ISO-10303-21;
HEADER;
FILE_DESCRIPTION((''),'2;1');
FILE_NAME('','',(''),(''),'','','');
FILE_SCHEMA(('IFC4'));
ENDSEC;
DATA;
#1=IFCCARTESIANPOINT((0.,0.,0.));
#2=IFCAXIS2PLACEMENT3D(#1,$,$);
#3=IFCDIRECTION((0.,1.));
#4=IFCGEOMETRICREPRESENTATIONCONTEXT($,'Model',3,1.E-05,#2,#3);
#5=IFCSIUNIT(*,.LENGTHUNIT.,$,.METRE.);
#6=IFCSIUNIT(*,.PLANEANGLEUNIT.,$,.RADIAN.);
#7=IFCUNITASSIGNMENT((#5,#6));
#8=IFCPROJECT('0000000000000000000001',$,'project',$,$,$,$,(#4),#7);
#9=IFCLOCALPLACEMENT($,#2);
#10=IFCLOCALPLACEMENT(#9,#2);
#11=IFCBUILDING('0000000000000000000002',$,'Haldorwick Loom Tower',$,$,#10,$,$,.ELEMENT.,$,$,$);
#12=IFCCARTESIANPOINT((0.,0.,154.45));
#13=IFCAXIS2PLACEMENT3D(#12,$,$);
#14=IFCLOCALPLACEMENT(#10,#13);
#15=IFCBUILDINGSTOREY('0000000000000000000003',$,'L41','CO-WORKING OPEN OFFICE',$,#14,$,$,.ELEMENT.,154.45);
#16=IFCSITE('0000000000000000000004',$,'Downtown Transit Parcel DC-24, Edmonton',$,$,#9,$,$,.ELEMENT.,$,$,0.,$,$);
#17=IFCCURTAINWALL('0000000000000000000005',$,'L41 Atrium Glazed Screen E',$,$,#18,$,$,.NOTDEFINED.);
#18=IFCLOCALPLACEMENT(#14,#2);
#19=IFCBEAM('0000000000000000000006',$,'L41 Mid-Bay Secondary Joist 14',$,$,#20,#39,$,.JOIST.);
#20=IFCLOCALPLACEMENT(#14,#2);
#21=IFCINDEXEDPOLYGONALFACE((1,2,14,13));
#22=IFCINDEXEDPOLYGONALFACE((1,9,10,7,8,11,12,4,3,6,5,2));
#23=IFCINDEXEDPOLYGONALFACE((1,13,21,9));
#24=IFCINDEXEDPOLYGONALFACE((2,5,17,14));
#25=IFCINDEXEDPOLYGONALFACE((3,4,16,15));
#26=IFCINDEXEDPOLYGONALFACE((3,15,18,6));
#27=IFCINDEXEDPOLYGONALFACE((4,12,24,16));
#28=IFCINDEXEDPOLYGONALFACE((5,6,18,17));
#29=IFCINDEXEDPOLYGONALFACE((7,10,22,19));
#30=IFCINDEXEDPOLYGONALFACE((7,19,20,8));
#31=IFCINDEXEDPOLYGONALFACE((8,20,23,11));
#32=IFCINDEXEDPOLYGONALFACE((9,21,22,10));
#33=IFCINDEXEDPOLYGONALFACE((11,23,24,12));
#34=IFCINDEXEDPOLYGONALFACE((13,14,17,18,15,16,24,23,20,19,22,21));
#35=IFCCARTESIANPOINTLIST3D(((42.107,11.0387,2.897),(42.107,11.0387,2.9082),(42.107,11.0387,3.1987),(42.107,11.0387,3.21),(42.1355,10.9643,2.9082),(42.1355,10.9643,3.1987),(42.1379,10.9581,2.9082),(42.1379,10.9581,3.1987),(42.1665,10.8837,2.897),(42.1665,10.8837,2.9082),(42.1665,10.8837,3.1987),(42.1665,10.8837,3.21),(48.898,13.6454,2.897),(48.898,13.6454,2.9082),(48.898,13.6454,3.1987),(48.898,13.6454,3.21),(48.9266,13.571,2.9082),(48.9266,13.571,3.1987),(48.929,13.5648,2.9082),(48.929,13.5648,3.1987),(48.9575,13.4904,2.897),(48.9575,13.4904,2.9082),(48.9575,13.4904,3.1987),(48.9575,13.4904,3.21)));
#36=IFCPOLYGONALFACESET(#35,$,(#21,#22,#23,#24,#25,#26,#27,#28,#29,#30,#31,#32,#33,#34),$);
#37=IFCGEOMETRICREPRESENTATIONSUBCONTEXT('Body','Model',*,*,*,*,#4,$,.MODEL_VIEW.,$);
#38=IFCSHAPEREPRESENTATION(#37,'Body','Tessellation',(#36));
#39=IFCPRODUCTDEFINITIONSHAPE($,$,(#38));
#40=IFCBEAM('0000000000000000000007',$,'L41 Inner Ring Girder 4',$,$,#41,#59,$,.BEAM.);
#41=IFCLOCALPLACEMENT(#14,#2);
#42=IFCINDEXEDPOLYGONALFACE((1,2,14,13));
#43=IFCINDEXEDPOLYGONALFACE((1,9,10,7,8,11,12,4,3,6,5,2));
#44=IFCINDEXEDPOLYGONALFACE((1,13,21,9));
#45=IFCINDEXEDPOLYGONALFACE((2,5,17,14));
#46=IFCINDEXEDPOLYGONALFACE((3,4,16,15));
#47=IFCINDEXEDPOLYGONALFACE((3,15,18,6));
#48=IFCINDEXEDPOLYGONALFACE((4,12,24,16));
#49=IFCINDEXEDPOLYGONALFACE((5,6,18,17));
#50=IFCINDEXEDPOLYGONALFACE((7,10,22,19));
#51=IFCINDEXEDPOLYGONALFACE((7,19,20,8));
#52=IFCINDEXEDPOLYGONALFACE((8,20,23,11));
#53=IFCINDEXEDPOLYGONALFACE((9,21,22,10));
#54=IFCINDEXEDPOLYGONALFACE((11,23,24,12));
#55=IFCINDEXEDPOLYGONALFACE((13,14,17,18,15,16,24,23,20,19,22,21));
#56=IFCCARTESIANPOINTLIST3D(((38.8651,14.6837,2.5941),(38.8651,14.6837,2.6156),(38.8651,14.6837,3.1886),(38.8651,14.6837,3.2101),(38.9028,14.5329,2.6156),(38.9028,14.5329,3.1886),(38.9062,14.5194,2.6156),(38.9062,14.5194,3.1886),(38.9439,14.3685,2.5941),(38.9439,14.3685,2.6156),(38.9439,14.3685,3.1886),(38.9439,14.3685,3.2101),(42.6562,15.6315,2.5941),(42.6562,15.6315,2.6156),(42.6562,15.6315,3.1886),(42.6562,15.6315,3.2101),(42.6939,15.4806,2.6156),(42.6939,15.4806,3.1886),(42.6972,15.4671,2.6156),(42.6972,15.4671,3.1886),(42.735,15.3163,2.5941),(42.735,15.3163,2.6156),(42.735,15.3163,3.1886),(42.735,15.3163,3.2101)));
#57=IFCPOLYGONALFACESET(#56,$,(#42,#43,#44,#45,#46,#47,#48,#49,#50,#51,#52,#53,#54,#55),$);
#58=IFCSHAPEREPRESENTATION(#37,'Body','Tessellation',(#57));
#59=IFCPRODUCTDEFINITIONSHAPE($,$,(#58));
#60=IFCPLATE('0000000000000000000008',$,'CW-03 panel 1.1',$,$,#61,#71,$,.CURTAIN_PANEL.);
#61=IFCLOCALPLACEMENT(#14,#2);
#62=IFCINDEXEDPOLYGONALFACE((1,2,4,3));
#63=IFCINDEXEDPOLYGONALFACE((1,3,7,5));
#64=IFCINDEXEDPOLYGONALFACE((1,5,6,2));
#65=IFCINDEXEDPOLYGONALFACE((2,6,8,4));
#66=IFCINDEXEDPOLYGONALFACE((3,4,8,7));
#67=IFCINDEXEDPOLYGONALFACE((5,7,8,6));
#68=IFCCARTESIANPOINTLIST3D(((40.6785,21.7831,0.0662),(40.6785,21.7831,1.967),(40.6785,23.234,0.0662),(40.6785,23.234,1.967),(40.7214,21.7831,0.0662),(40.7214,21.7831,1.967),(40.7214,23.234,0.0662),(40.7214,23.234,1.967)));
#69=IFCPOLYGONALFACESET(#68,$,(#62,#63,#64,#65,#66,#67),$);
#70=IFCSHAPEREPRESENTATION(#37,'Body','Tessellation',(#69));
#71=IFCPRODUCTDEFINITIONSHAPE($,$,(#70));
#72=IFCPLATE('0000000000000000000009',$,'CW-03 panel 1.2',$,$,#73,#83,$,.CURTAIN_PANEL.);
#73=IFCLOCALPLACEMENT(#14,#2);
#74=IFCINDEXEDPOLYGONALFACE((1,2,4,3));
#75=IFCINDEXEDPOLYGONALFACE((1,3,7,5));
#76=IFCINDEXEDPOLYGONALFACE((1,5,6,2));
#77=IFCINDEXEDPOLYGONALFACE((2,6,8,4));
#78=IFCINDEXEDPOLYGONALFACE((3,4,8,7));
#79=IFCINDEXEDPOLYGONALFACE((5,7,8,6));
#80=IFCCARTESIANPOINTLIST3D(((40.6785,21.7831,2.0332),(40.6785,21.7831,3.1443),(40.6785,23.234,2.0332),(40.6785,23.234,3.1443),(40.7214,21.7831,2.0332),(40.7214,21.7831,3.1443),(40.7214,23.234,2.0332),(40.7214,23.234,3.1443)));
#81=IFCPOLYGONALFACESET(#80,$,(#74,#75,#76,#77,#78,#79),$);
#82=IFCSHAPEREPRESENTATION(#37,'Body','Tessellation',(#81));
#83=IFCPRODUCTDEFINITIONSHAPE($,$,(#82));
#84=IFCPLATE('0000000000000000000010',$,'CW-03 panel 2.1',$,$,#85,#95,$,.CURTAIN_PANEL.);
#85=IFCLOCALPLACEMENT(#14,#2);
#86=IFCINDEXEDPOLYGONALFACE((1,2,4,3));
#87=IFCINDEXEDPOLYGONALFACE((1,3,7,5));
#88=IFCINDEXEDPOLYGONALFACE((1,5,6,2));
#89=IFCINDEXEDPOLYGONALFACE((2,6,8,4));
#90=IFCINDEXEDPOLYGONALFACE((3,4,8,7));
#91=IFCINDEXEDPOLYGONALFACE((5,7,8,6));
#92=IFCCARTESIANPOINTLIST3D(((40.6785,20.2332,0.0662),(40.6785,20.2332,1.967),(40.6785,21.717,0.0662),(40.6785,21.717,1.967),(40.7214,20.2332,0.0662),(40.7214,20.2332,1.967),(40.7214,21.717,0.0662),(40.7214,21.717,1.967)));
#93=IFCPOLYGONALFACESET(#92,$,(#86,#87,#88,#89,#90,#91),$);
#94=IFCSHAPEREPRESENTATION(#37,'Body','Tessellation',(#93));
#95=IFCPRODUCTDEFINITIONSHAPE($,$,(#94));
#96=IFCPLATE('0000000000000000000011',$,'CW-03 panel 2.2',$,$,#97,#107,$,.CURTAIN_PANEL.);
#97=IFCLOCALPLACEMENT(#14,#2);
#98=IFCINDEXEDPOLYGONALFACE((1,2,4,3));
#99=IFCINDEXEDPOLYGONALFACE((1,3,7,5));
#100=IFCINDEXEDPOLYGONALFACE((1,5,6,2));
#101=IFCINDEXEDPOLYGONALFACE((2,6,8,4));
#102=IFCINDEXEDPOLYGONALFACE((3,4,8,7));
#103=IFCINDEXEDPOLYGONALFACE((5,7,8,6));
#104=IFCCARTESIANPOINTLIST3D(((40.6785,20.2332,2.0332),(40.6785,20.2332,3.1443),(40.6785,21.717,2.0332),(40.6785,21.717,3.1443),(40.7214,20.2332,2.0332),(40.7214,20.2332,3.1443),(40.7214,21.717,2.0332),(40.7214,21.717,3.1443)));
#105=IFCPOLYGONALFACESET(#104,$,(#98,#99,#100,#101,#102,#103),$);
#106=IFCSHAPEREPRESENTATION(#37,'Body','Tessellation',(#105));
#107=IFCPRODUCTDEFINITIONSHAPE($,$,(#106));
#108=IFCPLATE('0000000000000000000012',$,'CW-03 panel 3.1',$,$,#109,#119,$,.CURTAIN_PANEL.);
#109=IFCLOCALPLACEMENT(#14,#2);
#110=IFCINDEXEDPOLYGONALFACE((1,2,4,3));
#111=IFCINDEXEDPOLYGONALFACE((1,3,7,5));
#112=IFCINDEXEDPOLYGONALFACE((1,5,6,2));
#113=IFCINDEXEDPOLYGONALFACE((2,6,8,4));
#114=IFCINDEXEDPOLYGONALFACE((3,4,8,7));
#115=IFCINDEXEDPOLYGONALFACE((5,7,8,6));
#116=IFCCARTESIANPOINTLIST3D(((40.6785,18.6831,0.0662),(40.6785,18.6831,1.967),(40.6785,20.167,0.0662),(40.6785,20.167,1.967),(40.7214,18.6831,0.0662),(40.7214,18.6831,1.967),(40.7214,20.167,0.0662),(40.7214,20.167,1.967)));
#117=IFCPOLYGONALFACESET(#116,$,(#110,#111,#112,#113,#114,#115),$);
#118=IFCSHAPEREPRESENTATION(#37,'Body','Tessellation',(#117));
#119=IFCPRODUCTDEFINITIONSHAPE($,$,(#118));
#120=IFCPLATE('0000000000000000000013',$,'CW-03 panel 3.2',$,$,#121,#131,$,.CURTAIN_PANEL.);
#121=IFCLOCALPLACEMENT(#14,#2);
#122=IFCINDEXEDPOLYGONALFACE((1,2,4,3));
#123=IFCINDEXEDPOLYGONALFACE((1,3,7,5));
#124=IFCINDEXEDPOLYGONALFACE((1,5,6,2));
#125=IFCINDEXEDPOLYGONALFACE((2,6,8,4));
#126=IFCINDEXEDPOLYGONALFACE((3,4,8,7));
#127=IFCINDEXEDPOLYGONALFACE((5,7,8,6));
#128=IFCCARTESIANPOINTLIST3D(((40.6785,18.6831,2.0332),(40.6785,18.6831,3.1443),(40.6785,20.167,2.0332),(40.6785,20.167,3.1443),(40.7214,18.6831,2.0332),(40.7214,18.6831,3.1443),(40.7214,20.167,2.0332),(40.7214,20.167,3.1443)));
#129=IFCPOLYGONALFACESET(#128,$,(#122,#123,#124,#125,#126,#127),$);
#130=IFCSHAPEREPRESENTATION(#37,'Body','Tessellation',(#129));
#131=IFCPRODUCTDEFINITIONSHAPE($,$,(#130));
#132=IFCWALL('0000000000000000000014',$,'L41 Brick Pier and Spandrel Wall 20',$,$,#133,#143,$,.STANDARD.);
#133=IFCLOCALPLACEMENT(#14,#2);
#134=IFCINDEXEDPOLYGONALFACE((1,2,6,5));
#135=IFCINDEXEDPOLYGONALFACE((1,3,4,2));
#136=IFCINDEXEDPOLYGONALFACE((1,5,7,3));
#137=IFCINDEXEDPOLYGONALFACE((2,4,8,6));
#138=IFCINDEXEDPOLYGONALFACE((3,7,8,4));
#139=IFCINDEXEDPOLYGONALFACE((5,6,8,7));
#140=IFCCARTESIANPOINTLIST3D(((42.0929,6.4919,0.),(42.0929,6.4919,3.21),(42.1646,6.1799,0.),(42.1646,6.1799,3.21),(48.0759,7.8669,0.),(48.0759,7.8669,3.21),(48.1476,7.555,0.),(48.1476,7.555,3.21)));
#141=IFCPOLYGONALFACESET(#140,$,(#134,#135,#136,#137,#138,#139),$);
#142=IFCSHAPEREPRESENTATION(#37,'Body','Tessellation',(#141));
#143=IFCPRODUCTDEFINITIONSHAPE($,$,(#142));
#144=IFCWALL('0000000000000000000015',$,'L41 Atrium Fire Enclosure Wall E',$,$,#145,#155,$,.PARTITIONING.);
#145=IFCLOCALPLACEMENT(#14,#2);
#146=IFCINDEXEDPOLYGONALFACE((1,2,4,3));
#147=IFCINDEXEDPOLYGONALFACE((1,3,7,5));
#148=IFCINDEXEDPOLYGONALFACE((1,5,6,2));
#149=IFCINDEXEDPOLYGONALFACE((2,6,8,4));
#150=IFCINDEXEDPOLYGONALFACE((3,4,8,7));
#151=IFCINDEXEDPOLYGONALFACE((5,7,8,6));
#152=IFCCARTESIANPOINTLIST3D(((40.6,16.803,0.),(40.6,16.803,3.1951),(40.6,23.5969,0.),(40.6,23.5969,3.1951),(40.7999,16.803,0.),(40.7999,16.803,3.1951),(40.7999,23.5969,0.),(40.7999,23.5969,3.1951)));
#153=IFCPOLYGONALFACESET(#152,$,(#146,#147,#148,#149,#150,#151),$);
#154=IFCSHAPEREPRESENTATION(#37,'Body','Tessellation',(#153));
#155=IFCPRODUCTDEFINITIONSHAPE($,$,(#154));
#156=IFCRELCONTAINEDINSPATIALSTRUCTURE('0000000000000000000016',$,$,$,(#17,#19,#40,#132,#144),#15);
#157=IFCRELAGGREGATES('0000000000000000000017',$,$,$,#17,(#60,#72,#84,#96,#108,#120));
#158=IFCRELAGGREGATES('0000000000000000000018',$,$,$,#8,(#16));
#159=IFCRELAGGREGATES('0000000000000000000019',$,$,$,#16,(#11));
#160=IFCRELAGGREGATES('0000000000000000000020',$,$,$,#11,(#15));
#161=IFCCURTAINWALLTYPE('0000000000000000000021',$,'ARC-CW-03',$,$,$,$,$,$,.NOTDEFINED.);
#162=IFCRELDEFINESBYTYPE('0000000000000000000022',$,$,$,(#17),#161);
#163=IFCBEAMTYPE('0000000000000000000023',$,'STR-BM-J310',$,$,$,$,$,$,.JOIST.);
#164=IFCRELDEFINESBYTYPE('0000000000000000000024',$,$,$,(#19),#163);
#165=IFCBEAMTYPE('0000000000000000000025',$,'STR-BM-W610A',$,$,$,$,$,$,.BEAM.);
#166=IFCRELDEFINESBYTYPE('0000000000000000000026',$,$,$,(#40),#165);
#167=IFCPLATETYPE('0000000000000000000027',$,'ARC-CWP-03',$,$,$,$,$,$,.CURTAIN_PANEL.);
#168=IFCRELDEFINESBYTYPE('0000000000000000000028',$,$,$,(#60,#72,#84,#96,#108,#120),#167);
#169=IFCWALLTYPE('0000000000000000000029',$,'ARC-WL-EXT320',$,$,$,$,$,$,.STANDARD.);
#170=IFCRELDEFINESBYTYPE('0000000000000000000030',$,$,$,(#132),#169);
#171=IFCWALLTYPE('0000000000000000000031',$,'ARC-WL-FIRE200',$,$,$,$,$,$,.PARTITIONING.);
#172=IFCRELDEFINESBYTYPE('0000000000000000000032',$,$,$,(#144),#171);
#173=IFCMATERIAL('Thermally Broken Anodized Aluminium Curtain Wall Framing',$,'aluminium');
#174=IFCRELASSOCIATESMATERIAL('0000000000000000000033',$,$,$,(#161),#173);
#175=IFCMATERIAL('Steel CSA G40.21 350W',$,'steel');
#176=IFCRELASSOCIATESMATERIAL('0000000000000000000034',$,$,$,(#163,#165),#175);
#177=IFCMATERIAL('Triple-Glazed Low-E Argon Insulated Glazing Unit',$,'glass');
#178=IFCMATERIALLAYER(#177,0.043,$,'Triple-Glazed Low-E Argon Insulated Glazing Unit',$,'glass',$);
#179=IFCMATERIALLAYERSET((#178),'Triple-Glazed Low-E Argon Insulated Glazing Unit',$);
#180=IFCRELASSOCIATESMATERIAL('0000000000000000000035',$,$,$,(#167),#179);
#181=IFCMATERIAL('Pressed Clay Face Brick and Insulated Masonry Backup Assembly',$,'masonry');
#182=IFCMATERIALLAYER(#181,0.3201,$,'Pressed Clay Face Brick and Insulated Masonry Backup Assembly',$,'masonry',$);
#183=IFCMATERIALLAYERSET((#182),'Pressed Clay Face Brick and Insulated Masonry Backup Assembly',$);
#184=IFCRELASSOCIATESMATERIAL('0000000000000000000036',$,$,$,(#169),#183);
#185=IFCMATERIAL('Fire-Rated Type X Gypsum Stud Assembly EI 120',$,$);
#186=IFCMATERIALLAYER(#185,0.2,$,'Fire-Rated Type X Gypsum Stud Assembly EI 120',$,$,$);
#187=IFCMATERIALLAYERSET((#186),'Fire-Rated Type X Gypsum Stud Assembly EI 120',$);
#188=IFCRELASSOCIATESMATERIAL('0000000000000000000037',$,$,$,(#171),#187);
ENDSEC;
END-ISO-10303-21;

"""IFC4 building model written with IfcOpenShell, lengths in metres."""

from ifc_helpers import new_model, si_unit, direction, frame, frame_2d, origin, origin_2d, place, context, subcontext, project, spatial, rectangle, i_section, extrude, material, layer, layer_set, material_profile, profile_set, type_object, element, aggregate, save


model = new_model("IFC4")

# Units and contexts
model_context = context("Model", 3, precision=1e-05, world=origin(), true_north=direction((0.0, 1.0)))
body_context = subcontext(model_context, "Body", "Model", "MODEL_VIEW")
ifc_project = project(units=[si_unit("LENGTHUNIT", "METRE"), si_unit("PLANEANGLEUNIT", "RADIAN")], contexts=[model_context])

# Site, building, storey
site_placement = place(None, origin())
site = spatial("IfcSite", under=ifc_project, at=site_placement, Name="Downtown Transit Parcel DC-24, Edmonton", CompositionType="ELEMENT", RefElevation=0.0)
building_placement = place(site_placement, origin())
building = spatial("IfcBuilding", under=site, at=building_placement, Name="Haldorwick Loom Tower", CompositionType="ELEMENT")
storey_placement = place(building_placement, frame((0.0, 0.0, 154.45)))
storey = spatial("IfcBuildingStorey", under=building, at=storey_placement, Name="L41", Description="CO-WORKING OPEN OFFICE", CompositionType="ELEMENT", Elevation=154.45)

# Curtain wall
ifc_material_1 = material(Name="Thermally Broken Anodized Aluminium Curtain Wall Framing", Category="aluminium")
curtain_wall_type = type_object("IfcCurtainWallType", Name="ARC-CW-03", PredefinedType="NOTDEFINED", material=ifc_material_1)
curtain_wall_placement = place(storey_placement, origin())
curtain_wall = element("IfcCurtainWall", 1, at=curtain_wall_placement, inside=storey, type_object=curtain_wall_type, Name="L41 Atrium Glazed Screen E", PredefinedType="NOTDEFINED")

# Beams
ifc_material_2 = material(Name="Steel CSA G40.21 350W", Category="steel")
ifc_material_profile_1 = material_profile(ifc_material_2, i_section(OverallWidth=0.166, OverallDepth=0.313, WebThickness=0.0066, FlangeThickness=0.0112, at=origin_2d()), Name="W310X45", Category="steel")
ifc_profile_set_1 = profile_set([ifc_material_profile_1], Name="Steel CSA G40.21 350W")
beam_type_1 = type_object("IfcBeamType", Name="STR-BM-J310", PredefinedType="JOIST", material=ifc_profile_set_1)
beam_1_placement = place(storey_placement, frame((42.1367, 10.9612, 3.0535), z_axis=(0.933587, 0.358352, 0.0), x_axis=(-0.358352, 0.933587, 0.0)))
element("IfcBeam", 2, at=beam_1_placement, inside=storey, type_object=beam_type_1, Name="L41 Mid-Bay Secondary Joist 14", PredefinedType="JOIST", context=body_context, shape_type="SweptSolid", body=[
    extrude(i_section(OverallWidth=0.166, OverallDepth=0.313, WebThickness=0.0066, FlangeThickness=0.0112, at=origin_2d()), origin(), (0.0, 0.0, 1.0), 7.2742),
])
ifc_material_profile_2 = material_profile(ifc_material_2, i_section(OverallWidth=0.325, OverallDepth=0.616, WebThickness=0.0139, FlangeThickness=0.0215, at=origin_2d()), Name="W610X174", Category="steel")
ifc_profile_set_2 = profile_set([ifc_material_profile_2], Name="Steel CSA G40.21 350W")
beam_type_2 = type_object("IfcBeamType", Name="STR-BM-W610A", PredefinedType="BEAM", material=ifc_profile_set_2)
beam_2_placement = place(storey_placement, frame((42.6956, 15.4739, 2.9021), z_axis=(-0.970143, -0.242536, 0.0), x_axis=(0.242536, -0.970143, 0.0)))
element("IfcBeam", 3, at=beam_2_placement, inside=storey, type_object=beam_type_2, Name="L41 Inner Ring Girder 4", PredefinedType="BEAM", context=body_context, shape_type="SweptSolid", body=[
    extrude(i_section(OverallWidth=0.325, OverallDepth=0.616, WebThickness=0.0139, FlangeThickness=0.0215, at=origin_2d()), origin(), (0.0, 0.0, 1.0), 3.9077),
])

# Plates
ifc_material_3 = material(Name="Triple-Glazed Low-E Argon Insulated Glazing Unit", Category="glass")
ifc_layer_1 = layer(ifc_material_3, 0.043, Name="Triple-Glazed Low-E Argon Insulated Glazing Unit", Category="glass")
ifc_layer_set_1 = layer_set([ifc_layer_1], Name="Triple-Glazed Low-E Argon Insulated Glazing Unit")
plate_type = type_object("IfcPlateType", Name="ARC-CWP-03", PredefinedType="CURTAIN_PANEL", material=ifc_layer_set_1)
plate_1_placement = place(storey_placement, frame((40.7, 22.5085, 0.0662), z_axis=(0.0, 0.0, 1.0), x_axis=(0.0, -1.0, 0.0)))
plate_1 = element("IfcPlate", 4, at=plate_1_placement, type_object=plate_type, Name="CW-03 panel 1.1", PredefinedType="CURTAIN_PANEL", context=body_context, shape_type="SweptSolid", body=[
    extrude(rectangle(XDim=1.4509, YDim=0.043, at=origin_2d()), origin(), (0.0, 0.0, 1.0), 1.9009),
])
plate_2_placement = place(storey_placement, frame((40.7, 22.5085, 2.0332), z_axis=(0.0, 0.0, 1.0), x_axis=(0.0, -1.0, 0.0)))
plate_2 = element("IfcPlate", 5, at=plate_2_placement, type_object=plate_type, Name="CW-03 panel 1.2", PredefinedType="CURTAIN_PANEL", context=body_context, shape_type="SweptSolid", body=[
    extrude(rectangle(XDim=1.4509, YDim=0.043, at=origin_2d()), origin(), (0.0, 0.0, 1.0), 1.1111),
])
plate_3_placement = place(storey_placement, frame((40.7, 20.9751, 0.0662), z_axis=(0.0, 0.0, 1.0), x_axis=(0.0, -1.0, 0.0)))
plate_3 = element("IfcPlate", 6, at=plate_3_placement, type_object=plate_type, Name="CW-03 panel 2.1", PredefinedType="CURTAIN_PANEL", context=body_context, shape_type="SweptSolid", body=[
    extrude(rectangle(XDim=1.4839, YDim=0.043, at=origin_2d()), origin(), (0.0, 0.0, 1.0), 1.9009),
])
plate_4_placement = place(storey_placement, frame((40.7, 20.9751, 2.0332), z_axis=(0.0, 0.0, 1.0), x_axis=(0.0, -1.0, 0.0)))
plate_4 = element("IfcPlate", 7, at=plate_4_placement, type_object=plate_type, Name="CW-03 panel 2.2", PredefinedType="CURTAIN_PANEL", context=body_context, shape_type="SweptSolid", body=[
    extrude(rectangle(XDim=1.4839, YDim=0.043, at=origin_2d()), origin(), (0.0, 0.0, 1.0), 1.1111),
])
plate_5_placement = place(storey_placement, frame((40.7, 19.425, 0.0662), z_axis=(0.0, 0.0, 1.0), x_axis=(0.0, -1.0, 0.0)))
plate_5 = element("IfcPlate", 8, at=plate_5_placement, type_object=plate_type, Name="CW-03 panel 3.1", PredefinedType="CURTAIN_PANEL", context=body_context, shape_type="SweptSolid", body=[
    extrude(rectangle(XDim=1.4839, YDim=0.043, at=origin_2d()), origin(), (0.0, 0.0, 1.0), 1.9009),
])
plate_6_placement = place(storey_placement, frame((40.7, 19.425, 2.0332), z_axis=(0.0, 0.0, 1.0), x_axis=(0.0, -1.0, 0.0)))
plate_6 = element("IfcPlate", 9, at=plate_6_placement, type_object=plate_type, Name="CW-03 panel 3.2", PredefinedType="CURTAIN_PANEL", context=body_context, shape_type="SweptSolid", body=[
    extrude(rectangle(XDim=1.4839, YDim=0.043, at=origin_2d()), origin(), (0.0, 0.0, 1.0), 1.1111),
])
aggregate(curtain_wall, [plate_1, plate_2, plate_3, plate_4, plate_5, plate_6])

# Walls
ifc_material_4 = material(Name="Pressed Clay Face Brick and Insulated Masonry Backup Assembly", Category="masonry")
ifc_layer_2 = layer(ifc_material_4, 0.3201, Name="Pressed Clay Face Brick and Insulated Masonry Backup Assembly", Category="masonry")
ifc_layer_set_2 = layer_set([ifc_layer_2], Name="Pressed Clay Face Brick and Insulated Masonry Backup Assembly")
wall_type_1 = type_object("IfcWallType", Name="ARC-WL-EXT320", PredefinedType="STANDARD", material=ifc_layer_set_2)
wall_1_placement = place(storey_placement, frame((42.1289, 6.3359, 0.0), z_axis=(0.0, 0.0, 1.0), x_axis=(0.974593, 0.223982, 0.0)))
element("IfcWall", 10, at=wall_1_placement, inside=storey, type_object=wall_type_1, Name="L41 Brick Pier and Spandrel Wall 20", PredefinedType="STANDARD", context=body_context, shape_type="SweptSolid", body=[
    extrude(rectangle(XDim=6.1389, YDim=0.3201, at=frame_2d((3.0693, 0.0))), origin(), (0.0, 0.0, 1.0), 3.21),
])
ifc_material_5 = material(Name="Fire-Rated Type X Gypsum Stud Assembly EI 120")
ifc_layer_3 = layer(ifc_material_5, 0.2, Name="Fire-Rated Type X Gypsum Stud Assembly EI 120")
ifc_layer_set_3 = layer_set([ifc_layer_3], Name="Fire-Rated Type X Gypsum Stud Assembly EI 120")
wall_type_2 = type_object("IfcWallType", Name="ARC-WL-FIRE200", PredefinedType="PARTITIONING", material=ifc_layer_set_3)
wall_2_placement = place(storey_placement, frame((40.7, 23.5969, 0.0), z_axis=(0.0, 0.0, 1.0), x_axis=(0.0, -1.0, 0.0)))
element("IfcWall", 11, at=wall_2_placement, inside=storey, type_object=wall_type_2, Name="L41 Atrium Fire Enclosure Wall E", PredefinedType="PARTITIONING", context=body_context, shape_type="SweptSolid", body=[
    extrude(rectangle(XDim=6.7939, YDim=0.2, at=frame_2d((3.397, 0.0))), origin(), (0.0, 0.0, 1.0), 3.1951),
])

save(model, "model.ifc")
